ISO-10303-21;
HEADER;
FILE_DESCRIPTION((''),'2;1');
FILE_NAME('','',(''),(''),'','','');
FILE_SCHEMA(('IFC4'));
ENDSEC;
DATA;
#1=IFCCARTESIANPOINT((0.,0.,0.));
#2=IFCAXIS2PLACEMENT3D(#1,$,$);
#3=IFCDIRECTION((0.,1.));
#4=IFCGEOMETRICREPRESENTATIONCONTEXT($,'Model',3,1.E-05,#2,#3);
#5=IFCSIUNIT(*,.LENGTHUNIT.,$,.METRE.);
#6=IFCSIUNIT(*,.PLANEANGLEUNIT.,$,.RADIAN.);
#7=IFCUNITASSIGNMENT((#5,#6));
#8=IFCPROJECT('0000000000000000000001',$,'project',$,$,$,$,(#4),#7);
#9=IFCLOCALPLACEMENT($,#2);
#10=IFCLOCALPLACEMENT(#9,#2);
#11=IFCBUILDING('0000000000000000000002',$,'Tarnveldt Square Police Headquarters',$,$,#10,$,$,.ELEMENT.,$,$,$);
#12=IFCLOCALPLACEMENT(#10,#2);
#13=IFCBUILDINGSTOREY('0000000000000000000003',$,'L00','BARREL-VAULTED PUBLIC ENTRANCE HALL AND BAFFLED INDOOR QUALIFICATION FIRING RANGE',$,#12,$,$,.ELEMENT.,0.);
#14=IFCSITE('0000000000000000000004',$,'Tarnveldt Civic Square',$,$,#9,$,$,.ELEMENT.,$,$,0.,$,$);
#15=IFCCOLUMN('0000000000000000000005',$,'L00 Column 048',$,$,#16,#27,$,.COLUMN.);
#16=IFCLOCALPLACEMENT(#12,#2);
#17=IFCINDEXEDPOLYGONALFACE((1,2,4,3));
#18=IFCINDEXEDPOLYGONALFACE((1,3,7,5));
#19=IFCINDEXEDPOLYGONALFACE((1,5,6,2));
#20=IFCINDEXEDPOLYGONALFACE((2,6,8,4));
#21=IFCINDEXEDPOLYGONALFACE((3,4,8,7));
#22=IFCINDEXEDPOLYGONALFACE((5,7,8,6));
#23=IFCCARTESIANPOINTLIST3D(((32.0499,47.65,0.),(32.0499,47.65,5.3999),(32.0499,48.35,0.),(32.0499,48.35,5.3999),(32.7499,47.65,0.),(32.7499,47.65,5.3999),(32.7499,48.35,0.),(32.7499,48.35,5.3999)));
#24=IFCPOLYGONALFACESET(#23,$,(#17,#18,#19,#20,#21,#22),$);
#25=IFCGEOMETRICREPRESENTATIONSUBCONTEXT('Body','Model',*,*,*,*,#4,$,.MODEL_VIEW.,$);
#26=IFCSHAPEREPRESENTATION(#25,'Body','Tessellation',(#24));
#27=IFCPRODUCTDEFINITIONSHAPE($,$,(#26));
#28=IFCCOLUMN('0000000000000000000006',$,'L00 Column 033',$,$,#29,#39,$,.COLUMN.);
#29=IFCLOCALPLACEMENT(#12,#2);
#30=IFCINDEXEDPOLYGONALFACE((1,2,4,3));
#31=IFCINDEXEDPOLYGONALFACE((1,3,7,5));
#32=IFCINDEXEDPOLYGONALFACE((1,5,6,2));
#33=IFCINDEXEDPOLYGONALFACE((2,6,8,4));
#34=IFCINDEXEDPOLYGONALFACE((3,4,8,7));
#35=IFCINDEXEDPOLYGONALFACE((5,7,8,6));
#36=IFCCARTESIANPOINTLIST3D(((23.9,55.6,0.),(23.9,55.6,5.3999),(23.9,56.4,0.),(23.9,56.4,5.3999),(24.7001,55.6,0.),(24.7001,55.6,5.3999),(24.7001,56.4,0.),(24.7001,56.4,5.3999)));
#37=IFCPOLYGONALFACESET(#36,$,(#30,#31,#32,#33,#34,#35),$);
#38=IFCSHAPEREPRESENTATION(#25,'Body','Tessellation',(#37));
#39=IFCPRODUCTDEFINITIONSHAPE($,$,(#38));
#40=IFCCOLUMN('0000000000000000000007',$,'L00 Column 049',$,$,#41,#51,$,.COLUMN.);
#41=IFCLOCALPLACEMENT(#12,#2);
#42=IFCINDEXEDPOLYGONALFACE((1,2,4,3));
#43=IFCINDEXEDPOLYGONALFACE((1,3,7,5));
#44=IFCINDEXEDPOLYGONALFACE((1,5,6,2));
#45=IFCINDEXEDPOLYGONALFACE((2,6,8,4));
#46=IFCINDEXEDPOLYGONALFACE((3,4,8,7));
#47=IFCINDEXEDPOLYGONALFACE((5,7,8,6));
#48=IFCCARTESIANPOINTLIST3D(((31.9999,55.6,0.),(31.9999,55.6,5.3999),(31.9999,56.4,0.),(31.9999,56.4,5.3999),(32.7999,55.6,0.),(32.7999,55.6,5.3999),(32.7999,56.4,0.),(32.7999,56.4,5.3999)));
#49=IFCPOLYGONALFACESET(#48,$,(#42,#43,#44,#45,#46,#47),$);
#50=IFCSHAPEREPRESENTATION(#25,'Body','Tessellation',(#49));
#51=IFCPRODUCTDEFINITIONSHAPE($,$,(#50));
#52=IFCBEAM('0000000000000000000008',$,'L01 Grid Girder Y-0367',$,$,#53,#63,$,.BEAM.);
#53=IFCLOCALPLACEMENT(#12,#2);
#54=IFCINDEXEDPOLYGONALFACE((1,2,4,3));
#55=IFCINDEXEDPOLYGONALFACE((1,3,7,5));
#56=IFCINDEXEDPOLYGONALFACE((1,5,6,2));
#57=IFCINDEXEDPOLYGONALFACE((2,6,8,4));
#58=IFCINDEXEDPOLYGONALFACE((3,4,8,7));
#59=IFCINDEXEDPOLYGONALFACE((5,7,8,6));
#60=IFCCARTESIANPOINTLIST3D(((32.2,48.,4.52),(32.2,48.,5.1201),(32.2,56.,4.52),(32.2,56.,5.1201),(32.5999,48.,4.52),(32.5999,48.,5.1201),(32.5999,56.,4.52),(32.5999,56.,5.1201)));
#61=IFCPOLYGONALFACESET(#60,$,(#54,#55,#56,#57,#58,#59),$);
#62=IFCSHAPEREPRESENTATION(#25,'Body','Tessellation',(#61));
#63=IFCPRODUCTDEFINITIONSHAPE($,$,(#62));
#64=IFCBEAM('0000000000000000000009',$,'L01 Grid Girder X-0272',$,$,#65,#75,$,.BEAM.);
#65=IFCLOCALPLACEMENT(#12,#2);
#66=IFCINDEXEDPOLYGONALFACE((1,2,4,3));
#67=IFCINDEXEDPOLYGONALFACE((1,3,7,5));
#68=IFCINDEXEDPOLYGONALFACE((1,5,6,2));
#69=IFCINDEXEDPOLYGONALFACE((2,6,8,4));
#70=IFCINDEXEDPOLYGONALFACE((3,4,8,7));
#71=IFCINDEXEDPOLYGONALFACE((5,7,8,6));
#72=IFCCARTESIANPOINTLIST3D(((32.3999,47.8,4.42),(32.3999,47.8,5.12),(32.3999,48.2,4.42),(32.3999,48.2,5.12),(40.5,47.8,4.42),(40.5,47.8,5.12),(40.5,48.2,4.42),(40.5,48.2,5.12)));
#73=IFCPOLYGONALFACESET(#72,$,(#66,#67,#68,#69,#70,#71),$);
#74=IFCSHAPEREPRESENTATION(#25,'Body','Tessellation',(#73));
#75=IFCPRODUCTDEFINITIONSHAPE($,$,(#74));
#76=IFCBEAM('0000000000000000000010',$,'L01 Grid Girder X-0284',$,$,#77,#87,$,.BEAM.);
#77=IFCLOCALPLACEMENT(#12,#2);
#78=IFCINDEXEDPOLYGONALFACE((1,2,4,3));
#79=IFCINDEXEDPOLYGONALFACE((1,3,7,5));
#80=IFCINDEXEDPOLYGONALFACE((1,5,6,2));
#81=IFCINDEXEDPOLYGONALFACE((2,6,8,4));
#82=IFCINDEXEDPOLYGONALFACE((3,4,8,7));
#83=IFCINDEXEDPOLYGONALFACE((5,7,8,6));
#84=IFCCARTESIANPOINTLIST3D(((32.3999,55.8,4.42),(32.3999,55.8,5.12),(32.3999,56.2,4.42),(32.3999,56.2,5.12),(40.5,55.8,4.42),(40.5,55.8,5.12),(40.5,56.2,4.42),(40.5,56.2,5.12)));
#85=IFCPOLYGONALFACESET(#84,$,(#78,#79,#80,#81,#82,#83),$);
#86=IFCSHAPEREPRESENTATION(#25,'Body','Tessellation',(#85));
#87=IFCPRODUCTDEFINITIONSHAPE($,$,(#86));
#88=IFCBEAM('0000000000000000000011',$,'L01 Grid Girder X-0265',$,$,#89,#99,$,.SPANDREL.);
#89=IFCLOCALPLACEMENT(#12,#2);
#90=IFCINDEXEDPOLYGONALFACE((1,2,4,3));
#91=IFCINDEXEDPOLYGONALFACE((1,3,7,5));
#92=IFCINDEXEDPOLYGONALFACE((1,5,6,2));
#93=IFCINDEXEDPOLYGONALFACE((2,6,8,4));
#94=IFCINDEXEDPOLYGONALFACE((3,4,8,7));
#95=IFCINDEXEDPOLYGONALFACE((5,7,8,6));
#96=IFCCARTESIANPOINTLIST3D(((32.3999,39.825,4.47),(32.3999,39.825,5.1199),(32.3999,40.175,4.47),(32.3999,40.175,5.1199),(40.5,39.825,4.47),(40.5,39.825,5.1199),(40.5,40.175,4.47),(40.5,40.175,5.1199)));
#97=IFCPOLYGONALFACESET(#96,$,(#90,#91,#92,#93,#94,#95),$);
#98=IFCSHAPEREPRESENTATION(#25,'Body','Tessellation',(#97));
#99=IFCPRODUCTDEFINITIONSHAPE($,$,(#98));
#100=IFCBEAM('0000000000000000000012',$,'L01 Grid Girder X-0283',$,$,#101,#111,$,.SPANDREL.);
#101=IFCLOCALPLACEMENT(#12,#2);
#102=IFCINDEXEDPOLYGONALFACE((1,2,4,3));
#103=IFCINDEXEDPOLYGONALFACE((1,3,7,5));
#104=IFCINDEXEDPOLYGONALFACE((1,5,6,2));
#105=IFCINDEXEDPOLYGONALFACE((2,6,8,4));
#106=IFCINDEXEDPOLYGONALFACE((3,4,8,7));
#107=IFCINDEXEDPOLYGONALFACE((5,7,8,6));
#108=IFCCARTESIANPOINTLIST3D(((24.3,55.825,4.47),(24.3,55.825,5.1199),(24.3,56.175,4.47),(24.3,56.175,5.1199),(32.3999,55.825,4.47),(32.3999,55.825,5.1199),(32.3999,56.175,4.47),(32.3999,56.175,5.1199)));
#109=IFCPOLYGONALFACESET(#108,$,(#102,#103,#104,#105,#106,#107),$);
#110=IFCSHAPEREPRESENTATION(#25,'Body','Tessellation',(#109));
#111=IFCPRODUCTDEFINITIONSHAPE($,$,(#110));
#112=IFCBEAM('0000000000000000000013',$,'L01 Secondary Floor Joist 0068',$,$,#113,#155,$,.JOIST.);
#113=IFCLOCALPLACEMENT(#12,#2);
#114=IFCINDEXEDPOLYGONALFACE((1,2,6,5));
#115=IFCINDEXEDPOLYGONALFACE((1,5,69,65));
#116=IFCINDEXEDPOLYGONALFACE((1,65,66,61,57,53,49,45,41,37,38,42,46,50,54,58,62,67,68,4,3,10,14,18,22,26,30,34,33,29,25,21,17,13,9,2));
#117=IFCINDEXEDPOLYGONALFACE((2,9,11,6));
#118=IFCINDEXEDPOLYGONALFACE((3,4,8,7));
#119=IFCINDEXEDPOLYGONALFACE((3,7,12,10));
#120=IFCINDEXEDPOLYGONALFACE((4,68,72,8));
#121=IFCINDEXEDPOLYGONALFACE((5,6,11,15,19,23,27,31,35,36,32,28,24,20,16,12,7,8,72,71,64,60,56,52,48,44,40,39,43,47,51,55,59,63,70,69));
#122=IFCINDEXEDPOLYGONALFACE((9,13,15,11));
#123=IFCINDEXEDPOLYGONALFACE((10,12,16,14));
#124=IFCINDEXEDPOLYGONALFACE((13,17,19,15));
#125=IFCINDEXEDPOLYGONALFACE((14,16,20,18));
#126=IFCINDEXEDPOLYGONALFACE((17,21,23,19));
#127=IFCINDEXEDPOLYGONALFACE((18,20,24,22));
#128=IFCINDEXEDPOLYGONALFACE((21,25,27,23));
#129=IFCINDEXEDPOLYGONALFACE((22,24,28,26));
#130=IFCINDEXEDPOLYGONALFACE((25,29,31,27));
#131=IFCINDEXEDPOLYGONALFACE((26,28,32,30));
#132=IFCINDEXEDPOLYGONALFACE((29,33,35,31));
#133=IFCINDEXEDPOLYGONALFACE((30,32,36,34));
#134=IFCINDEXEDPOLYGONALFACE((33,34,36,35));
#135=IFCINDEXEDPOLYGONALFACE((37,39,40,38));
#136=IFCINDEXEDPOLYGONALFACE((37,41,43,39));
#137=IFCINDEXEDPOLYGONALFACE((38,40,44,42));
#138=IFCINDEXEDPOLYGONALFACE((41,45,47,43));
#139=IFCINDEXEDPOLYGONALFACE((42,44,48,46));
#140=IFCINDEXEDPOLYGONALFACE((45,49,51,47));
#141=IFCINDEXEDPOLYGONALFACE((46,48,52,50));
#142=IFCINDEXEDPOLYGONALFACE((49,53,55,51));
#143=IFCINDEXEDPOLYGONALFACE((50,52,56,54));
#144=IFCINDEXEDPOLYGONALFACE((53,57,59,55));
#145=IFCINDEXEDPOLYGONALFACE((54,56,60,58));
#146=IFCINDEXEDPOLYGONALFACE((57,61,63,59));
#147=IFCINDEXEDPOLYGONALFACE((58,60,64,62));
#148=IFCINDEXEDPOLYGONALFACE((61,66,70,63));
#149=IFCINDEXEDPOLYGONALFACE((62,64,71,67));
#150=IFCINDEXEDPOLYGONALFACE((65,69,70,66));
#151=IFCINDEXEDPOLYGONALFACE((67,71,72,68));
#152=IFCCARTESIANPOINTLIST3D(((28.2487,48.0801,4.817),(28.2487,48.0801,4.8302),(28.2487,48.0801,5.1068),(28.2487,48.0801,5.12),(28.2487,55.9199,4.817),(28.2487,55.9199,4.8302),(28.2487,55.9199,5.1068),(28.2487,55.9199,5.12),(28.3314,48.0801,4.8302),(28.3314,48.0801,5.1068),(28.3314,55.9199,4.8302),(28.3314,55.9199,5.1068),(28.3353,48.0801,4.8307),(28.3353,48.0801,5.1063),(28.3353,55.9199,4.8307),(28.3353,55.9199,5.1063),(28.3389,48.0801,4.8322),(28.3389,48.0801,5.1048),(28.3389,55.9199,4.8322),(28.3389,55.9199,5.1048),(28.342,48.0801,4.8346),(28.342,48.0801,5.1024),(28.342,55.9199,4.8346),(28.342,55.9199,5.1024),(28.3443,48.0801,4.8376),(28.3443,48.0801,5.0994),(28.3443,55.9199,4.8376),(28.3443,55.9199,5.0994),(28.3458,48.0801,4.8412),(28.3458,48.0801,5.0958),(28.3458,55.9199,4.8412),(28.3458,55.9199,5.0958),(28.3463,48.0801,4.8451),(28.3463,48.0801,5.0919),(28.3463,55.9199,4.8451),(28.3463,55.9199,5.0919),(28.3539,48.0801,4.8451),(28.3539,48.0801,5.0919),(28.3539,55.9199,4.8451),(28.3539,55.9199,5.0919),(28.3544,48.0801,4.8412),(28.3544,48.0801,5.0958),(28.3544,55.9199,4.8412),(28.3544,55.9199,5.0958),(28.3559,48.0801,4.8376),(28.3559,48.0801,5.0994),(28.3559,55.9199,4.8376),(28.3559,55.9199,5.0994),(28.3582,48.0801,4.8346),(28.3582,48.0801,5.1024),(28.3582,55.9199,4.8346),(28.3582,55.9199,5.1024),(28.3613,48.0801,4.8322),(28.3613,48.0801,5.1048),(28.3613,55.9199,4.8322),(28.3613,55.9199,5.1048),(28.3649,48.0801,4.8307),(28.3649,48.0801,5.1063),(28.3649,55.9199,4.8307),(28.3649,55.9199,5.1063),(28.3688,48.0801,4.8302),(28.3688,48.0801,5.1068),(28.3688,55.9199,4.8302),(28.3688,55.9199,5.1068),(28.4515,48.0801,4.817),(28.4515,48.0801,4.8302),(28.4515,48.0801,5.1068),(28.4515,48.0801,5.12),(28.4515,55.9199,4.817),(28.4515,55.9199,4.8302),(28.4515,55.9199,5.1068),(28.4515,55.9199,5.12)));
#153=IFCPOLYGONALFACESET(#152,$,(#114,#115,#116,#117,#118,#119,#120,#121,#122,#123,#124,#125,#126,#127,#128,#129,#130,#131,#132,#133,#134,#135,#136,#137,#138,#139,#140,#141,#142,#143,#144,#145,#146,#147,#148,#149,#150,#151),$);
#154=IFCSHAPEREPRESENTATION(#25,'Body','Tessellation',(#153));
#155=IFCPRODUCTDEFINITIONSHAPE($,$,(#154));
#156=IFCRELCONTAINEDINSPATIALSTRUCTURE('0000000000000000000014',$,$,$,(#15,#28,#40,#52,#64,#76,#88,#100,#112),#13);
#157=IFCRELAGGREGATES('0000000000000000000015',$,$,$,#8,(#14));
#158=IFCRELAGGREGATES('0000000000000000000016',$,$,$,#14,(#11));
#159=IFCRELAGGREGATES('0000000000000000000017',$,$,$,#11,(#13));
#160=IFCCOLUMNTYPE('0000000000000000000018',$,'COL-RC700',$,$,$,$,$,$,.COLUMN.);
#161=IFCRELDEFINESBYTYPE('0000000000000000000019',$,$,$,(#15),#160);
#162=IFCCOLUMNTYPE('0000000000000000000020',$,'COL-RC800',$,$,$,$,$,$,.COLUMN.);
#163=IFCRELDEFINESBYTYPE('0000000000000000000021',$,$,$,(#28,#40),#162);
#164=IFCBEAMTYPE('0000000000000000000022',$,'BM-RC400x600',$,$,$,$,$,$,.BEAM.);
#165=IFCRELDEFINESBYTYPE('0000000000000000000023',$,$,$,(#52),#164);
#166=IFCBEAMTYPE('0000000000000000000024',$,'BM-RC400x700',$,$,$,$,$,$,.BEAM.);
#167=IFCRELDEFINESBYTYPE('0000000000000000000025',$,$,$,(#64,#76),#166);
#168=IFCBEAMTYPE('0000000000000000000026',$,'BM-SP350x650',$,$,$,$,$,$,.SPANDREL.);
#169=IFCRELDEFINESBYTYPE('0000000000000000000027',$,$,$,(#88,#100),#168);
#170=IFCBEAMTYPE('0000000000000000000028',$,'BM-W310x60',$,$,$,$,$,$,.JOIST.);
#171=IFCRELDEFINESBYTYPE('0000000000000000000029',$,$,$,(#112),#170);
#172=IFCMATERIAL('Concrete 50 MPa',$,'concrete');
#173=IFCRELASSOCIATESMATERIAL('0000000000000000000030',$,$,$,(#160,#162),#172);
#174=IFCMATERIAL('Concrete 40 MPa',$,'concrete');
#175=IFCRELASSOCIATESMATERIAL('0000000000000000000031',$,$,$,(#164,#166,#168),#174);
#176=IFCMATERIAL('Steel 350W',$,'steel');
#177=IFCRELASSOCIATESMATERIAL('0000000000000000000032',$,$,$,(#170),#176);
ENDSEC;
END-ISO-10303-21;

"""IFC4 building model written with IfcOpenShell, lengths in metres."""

from ifc_helpers import new_model, si_unit, direction, frame, origin, origin_2d, place, context, subcontext, project, spatial, rectangle, i_section, extrude, material, material_profile, profile_set, type_object, element, save


model = new_model("IFC4")

# Units and contexts
model_context = context("Model", 3, precision=1e-05, world=origin(), true_north=direction((0.0, 1.0)))
body_context = subcontext(model_context, "Body", "Model", "MODEL_VIEW")
ifc_project = project(units=[si_unit("LENGTHUNIT", "METRE"), si_unit("PLANEANGLEUNIT", "RADIAN")], contexts=[model_context])

# Site, building, storey
site_placement = place(None, origin())
site = spatial("IfcSite", under=ifc_project, at=site_placement, Name="Tarnveldt Civic Square", CompositionType="ELEMENT", RefElevation=0.0)
building_placement = place(site_placement, origin())
building = spatial("IfcBuilding", under=site, at=building_placement, Name="Tarnveldt Square Police Headquarters", CompositionType="ELEMENT")
storey_placement = place(building_placement, origin())
storey = spatial("IfcBuildingStorey", under=building, at=storey_placement, Name="L00", Description="BARREL-VAULTED PUBLIC ENTRANCE HALL AND BAFFLED INDOOR QUALIFICATION FIRING RANGE", CompositionType="ELEMENT", Elevation=0.0)

# Columns
ifc_material_1 = material(Name="Concrete 50 MPa", Category="concrete")
ifc_material_profile_1 = material_profile(ifc_material_1, rectangle(XDim=0.7, YDim=0.7, at=origin_2d()), Name="RC-C700x700")
ifc_profile_set_1 = profile_set([ifc_material_profile_1], Name="Concrete 50 MPa")
column_type_1 = type_object("IfcColumnType", Name="COL-RC700", PredefinedType="COLUMN", material=ifc_profile_set_1)
column_placement = place(storey_placement, frame((32.3999, 48.0, 0.0), z_axis=(0.0, 0.0, 1.0), x_axis=(1.0, 0.0, 0.0)))
element("IfcColumn", 1, at=column_placement, inside=storey, type_object=column_type_1, Name="L00 Column 048", PredefinedType="COLUMN", context=body_context, shape_type="SweptSolid", body=[
    extrude(rectangle(XDim=0.7, YDim=0.7, at=origin_2d()), origin(), (0.0, 0.0, 1.0), 5.3999),
])
ifc_material_profile_2 = material_profile(ifc_material_1, rectangle(XDim=0.8, YDim=0.8, at=origin_2d()), Name="RC-C800x800")
ifc_profile_set_2 = profile_set([ifc_material_profile_2], Name="Concrete 50 MPa")
column_type_2 = type_object("IfcColumnType", Name="COL-RC800", PredefinedType="COLUMN", material=ifc_profile_set_2)
for number, where, z_axis, x_axis, name in (
    (2, (24.3, 56.0, 0.0), (0.0, 0.0, 1.0), (1.0, 0.0, 0.0), "L00 Column 033"),
    (3, (32.3999, 56.0, 0.0), (0.0, 0.0, 1.0), (1.0, 0.0, 0.0), "L00 Column 049"),
):
    element("IfcColumn", number, at=place(storey_placement, frame(where, z_axis=z_axis, x_axis=x_axis)), inside=storey, type_object=column_type_2, Name=name, PredefinedType="COLUMN", context=body_context, shape_type="SweptSolid", body=[
        extrude(rectangle(XDim=0.8, YDim=0.8, at=origin_2d()), origin(), (0.0, 0.0, 1.0), 5.3999),
    ])

# Beams
ifc_material_2 = material(Name="Concrete 40 MPa", Category="concrete")
ifc_material_profile_3 = material_profile(ifc_material_2, rectangle(XDim=0.3999, YDim=0.6001, at=origin_2d()), Name="RC-B400x600")
ifc_profile_set_3 = profile_set([ifc_material_profile_3], Name="Concrete 40 MPa")
beam_type_1 = type_object("IfcBeamType", Name="BM-RC400x600", PredefinedType="BEAM", material=ifc_profile_set_3)
beam_1_placement = place(storey_placement, frame((32.3999, 48.0, 4.8201), z_axis=(0.0, 1.0, 0.0), x_axis=(-1.0, 0.0, 0.0)))
element("IfcBeam", 4, at=beam_1_placement, inside=storey, type_object=beam_type_1, Name="L01 Grid Girder Y-0367", PredefinedType="BEAM", context=body_context, shape_type="SweptSolid", body=[
    extrude(rectangle(XDim=0.3999, YDim=0.6001, at=origin_2d()), origin(), (0.0, 0.0, 1.0), 8.0),
])
ifc_material_profile_4 = material_profile(ifc_material_2, rectangle(XDim=0.3999, YDim=0.7, at=origin_2d()), Name="RC-B400x700")
ifc_profile_set_4 = profile_set([ifc_material_profile_4], Name="Concrete 40 MPa")
beam_type_2 = type_object("IfcBeamType", Name="BM-RC400x700", PredefinedType="BEAM", material=ifc_profile_set_4)
for number, where, z_axis, x_axis, name in (
    (5, (32.3999, 48.0, 4.77), (1.0, 0.0, 0.0), (0.0, 1.0, 0.0), "L01 Grid Girder X-0272"),
    (6, (32.3999, 56.0, 4.77), (1.0, 0.0, 0.0), (0.0, 1.0, 0.0), "L01 Grid Girder X-0284"),
):
    element("IfcBeam", number, at=place(storey_placement, frame(where, z_axis=z_axis, x_axis=x_axis)), inside=storey, type_object=beam_type_2, Name=name, PredefinedType="BEAM", context=body_context, shape_type="SweptSolid", body=[
        extrude(rectangle(XDim=0.3999, YDim=0.7, at=origin_2d()), origin(), (0.0, 0.0, 1.0), 8.1001),
    ])
ifc_material_profile_5 = material_profile(ifc_material_2, rectangle(XDim=0.3501, YDim=0.6499, at=origin_2d()), Name="RC-SP350x650")
ifc_profile_set_5 = profile_set([ifc_material_profile_5], Name="Concrete 40 MPa")
beam_type_3 = type_object("IfcBeamType", Name="BM-SP350x650", PredefinedType="SPANDREL", material=ifc_profile_set_5)
beam_2_placement = place(storey_placement, frame((32.3999, 40.0, 4.7949), z_axis=(1.0, 0.0, 0.0), x_axis=(0.0, 1.0, 0.0)))
element("IfcBeam", 7, at=beam_2_placement, inside=storey, type_object=beam_type_3, Name="L01 Grid Girder X-0265", PredefinedType="SPANDREL", context=body_context, shape_type="SweptSolid", body=[
    extrude(rectangle(XDim=0.3501, YDim=0.6499, at=origin_2d()), origin(), (0.0, 0.0, 1.0), 8.1001),
])
beam_3_placement = place(storey_placement, frame((24.3, 56.0, 4.7949), z_axis=(1.0, 0.0, 0.0), x_axis=(0.0, 1.0, 0.0)))
element("IfcBeam", 8, at=beam_3_placement, inside=storey, type_object=beam_type_3, Name="L01 Grid Girder X-0283", PredefinedType="SPANDREL", context=body_context, shape_type="SweptSolid", body=[
    extrude(rectangle(XDim=0.3501, YDim=0.6499, at=origin_2d()), origin(), (0.0, 0.0, 1.0), 8.0999),
])
ifc_material_3 = material(Name="Steel 350W", Category="steel")
ifc_material_profile_6 = material_profile(ifc_material_3, i_section(OverallWidth=0.2029, OverallDepth=0.303, WebThickness=0.0076, FlangeThickness=0.0132, FilletRadius=0.0149, at=origin_2d()), Name="W310x60")
ifc_profile_set_6 = profile_set([ifc_material_profile_6], Name="Steel 350W")
beam_type_4 = type_object("IfcBeamType", Name="BM-W310x60", PredefinedType="JOIST", material=ifc_profile_set_6)
beam_4_placement = place(storey_placement, frame((28.3501, 48.0801, 4.9685), z_axis=(0.0, 1.0, 0.0), x_axis=(-1.0, 0.0, 0.0)))
element("IfcBeam", 9, at=beam_4_placement, inside=storey, type_object=beam_type_4, Name="L01 Secondary Floor Joist 0068", PredefinedType="JOIST", context=body_context, shape_type="SweptSolid", body=[
    extrude(i_section(OverallWidth=0.2029, OverallDepth=0.303, WebThickness=0.0076, FlangeThickness=0.0132, FilletRadius=0.0149, at=origin_2d()), origin(), (0.0, 0.0, 1.0), 7.8398),
])

save(model, "model.ifc")
